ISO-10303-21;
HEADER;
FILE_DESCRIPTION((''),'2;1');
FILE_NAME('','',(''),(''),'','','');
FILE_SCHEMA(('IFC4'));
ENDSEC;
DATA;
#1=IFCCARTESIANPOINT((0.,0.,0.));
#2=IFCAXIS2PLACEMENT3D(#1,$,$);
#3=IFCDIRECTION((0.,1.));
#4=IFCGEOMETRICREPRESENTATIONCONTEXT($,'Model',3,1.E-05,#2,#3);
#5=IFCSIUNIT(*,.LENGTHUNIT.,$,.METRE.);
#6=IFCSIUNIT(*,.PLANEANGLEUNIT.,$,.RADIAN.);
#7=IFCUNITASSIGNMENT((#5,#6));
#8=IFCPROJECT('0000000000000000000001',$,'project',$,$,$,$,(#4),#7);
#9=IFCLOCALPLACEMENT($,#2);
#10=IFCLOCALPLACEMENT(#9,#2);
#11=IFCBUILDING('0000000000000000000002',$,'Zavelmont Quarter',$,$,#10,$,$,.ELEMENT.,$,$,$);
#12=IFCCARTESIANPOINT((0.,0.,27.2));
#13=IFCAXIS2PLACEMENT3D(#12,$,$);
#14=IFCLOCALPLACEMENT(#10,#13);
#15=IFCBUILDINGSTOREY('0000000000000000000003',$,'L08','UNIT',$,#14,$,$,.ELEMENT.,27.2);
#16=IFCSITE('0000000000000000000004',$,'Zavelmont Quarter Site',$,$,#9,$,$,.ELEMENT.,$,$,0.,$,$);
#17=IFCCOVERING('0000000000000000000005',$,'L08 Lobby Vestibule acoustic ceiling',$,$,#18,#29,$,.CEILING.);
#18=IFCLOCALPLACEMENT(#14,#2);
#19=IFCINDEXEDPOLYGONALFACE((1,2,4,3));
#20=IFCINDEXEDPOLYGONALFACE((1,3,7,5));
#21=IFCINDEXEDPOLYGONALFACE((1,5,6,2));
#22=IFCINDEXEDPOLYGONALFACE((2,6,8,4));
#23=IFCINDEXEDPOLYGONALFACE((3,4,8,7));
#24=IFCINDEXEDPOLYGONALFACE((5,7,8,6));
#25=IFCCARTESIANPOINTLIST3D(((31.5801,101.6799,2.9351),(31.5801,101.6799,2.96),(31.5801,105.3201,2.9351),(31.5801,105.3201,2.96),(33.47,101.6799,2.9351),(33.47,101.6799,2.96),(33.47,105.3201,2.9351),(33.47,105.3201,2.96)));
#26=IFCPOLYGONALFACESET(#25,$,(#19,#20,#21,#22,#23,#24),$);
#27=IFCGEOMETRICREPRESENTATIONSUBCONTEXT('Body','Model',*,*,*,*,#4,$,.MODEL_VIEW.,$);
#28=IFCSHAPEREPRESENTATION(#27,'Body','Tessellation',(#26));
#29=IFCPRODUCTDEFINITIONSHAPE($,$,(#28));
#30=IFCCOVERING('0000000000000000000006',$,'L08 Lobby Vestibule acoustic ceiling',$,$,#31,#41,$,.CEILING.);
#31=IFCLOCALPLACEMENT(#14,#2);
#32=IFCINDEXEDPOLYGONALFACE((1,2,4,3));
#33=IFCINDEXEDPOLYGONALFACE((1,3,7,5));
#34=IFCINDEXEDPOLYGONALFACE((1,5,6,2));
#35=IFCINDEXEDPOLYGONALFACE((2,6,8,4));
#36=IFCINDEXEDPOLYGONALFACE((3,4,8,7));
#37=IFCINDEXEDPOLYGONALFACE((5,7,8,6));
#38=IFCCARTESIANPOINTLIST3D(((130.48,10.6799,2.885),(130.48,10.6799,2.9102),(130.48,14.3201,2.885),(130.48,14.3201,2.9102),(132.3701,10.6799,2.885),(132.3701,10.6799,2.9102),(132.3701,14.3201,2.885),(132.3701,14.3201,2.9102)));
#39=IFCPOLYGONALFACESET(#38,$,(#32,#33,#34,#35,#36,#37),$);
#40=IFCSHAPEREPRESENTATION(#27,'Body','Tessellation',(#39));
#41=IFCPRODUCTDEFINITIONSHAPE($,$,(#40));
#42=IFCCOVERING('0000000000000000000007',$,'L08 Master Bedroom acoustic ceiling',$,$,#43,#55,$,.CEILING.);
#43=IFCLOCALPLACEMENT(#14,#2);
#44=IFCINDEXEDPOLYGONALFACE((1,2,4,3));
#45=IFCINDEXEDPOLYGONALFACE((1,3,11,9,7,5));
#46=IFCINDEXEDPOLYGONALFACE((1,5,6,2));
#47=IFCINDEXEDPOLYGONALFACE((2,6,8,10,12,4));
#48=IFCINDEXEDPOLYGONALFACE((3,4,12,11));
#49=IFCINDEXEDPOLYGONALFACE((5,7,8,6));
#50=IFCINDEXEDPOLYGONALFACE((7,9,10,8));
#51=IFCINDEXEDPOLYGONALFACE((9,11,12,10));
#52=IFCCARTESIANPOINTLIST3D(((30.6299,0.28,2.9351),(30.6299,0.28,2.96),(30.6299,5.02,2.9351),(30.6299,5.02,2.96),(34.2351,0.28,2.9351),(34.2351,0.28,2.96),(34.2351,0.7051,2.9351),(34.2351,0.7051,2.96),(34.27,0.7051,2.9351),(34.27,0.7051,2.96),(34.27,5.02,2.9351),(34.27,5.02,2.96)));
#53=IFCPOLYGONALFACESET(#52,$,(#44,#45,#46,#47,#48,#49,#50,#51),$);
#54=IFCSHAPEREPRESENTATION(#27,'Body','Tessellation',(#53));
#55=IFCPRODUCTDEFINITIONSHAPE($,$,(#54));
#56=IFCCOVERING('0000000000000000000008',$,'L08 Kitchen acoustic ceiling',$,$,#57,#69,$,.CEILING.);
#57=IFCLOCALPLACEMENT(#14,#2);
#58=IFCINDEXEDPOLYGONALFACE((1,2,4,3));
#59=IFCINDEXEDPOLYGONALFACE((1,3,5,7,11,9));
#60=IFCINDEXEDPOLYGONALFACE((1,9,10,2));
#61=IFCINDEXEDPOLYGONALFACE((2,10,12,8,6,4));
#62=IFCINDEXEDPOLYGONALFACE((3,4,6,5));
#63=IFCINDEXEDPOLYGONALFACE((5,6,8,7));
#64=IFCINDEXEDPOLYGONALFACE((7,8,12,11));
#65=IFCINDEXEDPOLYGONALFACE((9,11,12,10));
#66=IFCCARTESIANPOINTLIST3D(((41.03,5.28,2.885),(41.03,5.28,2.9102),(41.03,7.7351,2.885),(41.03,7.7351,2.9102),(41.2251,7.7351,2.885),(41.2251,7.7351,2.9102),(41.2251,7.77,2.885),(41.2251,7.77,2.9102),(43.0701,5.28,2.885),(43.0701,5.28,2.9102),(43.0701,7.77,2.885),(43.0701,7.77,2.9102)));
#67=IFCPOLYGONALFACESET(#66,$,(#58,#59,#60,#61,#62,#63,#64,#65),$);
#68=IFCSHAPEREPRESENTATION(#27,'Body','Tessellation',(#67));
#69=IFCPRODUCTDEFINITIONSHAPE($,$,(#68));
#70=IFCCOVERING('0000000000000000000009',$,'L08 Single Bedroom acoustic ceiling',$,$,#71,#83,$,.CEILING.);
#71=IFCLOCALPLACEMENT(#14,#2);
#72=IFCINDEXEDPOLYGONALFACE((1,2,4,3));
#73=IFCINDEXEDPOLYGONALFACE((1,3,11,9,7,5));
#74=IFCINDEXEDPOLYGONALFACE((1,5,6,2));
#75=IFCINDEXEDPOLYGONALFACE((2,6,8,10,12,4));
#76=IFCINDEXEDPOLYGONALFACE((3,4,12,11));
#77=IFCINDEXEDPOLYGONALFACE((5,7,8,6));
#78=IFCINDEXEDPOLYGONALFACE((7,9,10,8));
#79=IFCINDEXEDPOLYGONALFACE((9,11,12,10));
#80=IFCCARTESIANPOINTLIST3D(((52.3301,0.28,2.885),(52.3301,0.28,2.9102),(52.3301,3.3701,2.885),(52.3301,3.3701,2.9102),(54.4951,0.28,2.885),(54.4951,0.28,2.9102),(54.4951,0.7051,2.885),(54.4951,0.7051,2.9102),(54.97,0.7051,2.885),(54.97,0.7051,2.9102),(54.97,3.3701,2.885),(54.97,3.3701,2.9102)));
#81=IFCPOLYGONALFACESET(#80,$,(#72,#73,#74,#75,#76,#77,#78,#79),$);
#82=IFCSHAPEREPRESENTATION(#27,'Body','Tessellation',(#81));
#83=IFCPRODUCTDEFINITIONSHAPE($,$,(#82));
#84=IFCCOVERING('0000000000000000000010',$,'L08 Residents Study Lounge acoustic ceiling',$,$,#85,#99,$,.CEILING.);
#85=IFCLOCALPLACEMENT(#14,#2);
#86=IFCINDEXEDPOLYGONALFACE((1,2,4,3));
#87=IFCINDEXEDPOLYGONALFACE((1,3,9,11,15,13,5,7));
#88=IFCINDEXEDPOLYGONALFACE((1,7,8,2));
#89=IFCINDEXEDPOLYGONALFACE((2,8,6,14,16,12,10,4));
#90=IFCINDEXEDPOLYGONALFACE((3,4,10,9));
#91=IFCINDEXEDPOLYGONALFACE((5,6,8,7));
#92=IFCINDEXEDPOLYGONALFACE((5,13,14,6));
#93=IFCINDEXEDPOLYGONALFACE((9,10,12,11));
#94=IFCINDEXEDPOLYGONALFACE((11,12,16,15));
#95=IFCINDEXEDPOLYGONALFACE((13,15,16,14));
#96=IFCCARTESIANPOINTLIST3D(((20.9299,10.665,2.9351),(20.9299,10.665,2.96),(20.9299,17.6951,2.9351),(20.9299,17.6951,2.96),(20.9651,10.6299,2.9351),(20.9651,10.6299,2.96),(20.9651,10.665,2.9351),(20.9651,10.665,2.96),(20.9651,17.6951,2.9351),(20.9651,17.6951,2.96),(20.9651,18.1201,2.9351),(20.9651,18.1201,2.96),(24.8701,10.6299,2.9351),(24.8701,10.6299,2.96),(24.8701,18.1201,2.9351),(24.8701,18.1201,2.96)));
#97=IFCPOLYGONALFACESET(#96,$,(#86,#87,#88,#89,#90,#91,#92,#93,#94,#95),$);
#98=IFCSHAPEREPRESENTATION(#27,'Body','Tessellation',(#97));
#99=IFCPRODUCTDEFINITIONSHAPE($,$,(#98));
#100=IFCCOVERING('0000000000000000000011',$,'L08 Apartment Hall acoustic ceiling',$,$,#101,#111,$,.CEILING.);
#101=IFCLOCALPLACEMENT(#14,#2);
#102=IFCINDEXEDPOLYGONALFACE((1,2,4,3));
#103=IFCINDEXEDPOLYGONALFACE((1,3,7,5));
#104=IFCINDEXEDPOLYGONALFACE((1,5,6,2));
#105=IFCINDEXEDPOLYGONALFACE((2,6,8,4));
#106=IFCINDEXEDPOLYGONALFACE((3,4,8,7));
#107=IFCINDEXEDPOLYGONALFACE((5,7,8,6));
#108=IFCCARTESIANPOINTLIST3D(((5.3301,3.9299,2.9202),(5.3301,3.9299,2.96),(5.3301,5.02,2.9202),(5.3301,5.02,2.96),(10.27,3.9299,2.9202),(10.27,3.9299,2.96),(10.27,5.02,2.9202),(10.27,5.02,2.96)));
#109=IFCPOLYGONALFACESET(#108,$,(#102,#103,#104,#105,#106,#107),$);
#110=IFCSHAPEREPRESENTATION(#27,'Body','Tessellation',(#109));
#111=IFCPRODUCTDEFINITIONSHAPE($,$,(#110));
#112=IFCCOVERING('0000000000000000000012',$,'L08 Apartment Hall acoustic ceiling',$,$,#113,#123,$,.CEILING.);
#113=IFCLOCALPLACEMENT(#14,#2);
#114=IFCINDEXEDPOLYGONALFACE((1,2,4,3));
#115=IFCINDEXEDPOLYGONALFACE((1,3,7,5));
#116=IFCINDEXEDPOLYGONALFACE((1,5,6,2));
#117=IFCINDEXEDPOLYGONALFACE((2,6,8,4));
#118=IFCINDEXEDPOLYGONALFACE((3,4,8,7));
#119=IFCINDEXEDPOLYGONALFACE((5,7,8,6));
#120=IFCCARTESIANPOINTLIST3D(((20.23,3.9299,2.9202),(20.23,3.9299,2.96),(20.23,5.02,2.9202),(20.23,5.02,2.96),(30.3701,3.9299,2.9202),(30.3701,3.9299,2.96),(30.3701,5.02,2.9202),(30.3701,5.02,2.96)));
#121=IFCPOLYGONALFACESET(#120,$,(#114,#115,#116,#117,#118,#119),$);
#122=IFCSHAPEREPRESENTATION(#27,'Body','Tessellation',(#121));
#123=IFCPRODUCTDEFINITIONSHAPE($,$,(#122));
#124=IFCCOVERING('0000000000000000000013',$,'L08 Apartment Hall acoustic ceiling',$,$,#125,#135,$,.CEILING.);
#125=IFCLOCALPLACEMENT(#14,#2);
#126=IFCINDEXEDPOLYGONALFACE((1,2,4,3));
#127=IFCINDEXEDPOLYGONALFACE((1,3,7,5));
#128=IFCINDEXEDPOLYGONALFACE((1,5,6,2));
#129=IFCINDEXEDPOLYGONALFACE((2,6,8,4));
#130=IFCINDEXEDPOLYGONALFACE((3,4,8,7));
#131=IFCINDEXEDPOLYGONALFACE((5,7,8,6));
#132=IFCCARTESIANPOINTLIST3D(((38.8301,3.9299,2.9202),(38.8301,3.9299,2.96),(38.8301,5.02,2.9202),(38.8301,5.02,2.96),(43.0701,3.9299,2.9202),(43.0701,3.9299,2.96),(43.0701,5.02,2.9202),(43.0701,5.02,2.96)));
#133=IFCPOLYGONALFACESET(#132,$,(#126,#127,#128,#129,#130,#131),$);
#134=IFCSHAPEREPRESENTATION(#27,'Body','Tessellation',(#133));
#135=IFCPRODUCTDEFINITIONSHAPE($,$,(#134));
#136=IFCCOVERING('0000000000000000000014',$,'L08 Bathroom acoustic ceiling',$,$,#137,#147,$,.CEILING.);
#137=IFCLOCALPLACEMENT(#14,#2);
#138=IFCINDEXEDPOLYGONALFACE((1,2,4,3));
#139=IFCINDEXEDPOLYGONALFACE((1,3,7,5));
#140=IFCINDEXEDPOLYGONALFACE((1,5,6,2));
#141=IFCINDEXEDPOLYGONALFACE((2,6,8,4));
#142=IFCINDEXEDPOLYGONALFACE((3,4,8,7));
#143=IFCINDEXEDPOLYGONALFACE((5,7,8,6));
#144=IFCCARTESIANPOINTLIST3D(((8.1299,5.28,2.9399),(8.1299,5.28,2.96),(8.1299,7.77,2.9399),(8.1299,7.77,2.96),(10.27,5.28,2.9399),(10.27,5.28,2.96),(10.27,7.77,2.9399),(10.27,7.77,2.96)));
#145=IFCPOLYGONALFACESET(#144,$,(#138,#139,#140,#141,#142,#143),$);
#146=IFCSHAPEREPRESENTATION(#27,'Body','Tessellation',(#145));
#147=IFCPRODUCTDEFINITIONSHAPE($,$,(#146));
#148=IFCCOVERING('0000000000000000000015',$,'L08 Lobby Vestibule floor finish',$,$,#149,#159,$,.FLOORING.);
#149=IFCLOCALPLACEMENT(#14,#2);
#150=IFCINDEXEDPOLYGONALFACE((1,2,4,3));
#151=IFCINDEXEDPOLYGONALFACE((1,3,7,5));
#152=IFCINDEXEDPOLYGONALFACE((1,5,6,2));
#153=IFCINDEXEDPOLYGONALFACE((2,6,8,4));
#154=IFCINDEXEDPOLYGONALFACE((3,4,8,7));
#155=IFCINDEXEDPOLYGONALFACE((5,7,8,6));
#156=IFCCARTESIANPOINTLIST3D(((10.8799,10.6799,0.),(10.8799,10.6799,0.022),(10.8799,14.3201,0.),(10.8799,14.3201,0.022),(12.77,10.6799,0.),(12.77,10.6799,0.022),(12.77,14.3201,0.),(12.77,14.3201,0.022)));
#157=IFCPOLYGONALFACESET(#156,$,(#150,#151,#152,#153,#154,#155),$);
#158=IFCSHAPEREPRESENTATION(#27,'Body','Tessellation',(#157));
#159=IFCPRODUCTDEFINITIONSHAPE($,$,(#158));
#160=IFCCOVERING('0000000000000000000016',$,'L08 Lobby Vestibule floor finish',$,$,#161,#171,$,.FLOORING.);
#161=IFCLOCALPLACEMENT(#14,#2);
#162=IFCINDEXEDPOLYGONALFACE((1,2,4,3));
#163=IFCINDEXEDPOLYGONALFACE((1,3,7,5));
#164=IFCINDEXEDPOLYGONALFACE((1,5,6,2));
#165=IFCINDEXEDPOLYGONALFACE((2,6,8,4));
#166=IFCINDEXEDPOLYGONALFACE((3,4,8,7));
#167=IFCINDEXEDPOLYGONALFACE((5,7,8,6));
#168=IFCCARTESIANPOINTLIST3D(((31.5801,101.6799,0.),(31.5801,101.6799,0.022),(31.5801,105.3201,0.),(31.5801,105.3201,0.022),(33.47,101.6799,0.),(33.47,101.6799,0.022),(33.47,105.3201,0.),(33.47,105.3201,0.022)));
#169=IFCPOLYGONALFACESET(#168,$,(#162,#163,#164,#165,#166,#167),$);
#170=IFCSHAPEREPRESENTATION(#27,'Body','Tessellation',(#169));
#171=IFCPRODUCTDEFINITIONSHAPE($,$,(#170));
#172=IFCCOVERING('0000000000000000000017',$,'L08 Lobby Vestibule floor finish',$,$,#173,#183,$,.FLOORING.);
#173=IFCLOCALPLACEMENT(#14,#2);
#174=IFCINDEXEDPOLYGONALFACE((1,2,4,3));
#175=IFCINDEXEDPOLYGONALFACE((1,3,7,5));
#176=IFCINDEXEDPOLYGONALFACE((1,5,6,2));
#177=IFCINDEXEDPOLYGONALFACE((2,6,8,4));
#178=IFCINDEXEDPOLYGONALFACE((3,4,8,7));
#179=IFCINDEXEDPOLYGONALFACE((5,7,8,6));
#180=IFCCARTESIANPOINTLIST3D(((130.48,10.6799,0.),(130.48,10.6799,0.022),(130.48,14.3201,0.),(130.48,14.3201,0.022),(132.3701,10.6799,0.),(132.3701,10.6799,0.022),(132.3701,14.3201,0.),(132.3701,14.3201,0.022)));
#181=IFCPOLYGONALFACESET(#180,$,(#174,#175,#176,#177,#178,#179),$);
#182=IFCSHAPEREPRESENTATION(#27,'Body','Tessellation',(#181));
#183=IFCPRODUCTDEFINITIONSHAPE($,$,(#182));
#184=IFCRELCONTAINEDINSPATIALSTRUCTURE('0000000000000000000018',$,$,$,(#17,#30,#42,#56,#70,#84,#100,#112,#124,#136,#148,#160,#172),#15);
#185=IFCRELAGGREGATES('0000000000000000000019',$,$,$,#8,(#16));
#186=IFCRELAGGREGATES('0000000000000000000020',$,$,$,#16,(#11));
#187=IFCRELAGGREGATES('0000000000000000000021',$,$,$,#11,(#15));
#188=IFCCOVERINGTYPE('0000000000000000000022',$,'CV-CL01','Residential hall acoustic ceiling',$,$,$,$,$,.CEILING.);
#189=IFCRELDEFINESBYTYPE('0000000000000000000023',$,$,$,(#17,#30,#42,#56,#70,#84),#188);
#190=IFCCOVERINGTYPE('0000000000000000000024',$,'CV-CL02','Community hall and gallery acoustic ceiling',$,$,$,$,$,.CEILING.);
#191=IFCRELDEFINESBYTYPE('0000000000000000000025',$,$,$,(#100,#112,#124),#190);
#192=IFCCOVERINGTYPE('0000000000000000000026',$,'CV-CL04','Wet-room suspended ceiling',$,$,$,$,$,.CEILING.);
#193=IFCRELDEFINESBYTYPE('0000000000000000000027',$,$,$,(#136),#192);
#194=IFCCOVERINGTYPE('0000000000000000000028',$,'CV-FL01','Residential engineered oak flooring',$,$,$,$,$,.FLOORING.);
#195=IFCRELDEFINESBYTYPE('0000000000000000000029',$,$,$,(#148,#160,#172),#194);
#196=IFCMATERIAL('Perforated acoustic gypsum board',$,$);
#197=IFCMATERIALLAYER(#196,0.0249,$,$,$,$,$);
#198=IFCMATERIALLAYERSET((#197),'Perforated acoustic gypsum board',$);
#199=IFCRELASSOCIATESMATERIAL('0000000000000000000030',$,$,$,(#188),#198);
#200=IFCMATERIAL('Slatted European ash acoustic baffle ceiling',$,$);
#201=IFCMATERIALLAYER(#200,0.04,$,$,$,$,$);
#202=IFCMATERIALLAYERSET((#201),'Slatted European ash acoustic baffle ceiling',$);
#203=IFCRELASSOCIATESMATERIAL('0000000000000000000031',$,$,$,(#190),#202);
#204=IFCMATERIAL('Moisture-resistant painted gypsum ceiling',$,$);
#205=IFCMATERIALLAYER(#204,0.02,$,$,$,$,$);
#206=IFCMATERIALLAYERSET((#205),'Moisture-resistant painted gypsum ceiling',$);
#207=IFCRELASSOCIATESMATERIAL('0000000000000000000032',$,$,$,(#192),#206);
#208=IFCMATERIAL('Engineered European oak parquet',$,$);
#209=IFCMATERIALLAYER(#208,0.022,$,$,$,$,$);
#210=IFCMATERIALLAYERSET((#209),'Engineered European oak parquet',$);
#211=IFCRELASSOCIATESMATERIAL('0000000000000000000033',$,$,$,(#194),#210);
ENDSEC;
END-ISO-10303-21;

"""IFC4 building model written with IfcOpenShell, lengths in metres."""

from ifc_helpers import new_model, si_unit, direction, frame, origin, place, context, subcontext, project, spatial, polyline, outline, extrude, material, layer, layer_set, type_object, element, save


model = new_model("IFC4")

# Units and contexts
model_context = context("Model", 3, precision=1e-05, world=origin(), true_north=direction((0.0, 1.0)))
body_context = subcontext(model_context, "Body", "Model", "MODEL_VIEW")
ifc_project = project(units=[si_unit("LENGTHUNIT", "METRE"), si_unit("PLANEANGLEUNIT", "RADIAN")], contexts=[model_context])

# Site, building, storey
site_placement = place(None, origin())
site = spatial("IfcSite", under=ifc_project, at=site_placement, Name="Zavelmont Quarter Site", CompositionType="ELEMENT", RefElevation=0.0)
building_placement = place(site_placement, origin())
building = spatial("IfcBuilding", under=site, at=building_placement, Name="Zavelmont Quarter", CompositionType="ELEMENT")
storey_placement = place(building_placement, frame((0.0, 0.0, 27.2)))
storey = spatial("IfcBuildingStorey", under=building, at=storey_placement, Name="L08", Description="UNIT", CompositionType="ELEMENT", Elevation=27.2)

# Coverings
ifc_material_1 = material(Name="Perforated acoustic gypsum board")
ifc_layer_1 = layer(ifc_material_1, 0.0249)
ifc_layer_set_1 = layer_set([ifc_layer_1], Name="Perforated acoustic gypsum board")
covering_type_1 = type_object("IfcCoveringType", Name="CV-CL01", Description="Residential hall acoustic ceiling", PredefinedType="CEILING", material=ifc_layer_set_1)
covering_1_placement = place(storey_placement, frame((0.0, 0.0, 2.9351)))
element("IfcCovering", 1, at=covering_1_placement, inside=storey, type_object=covering_type_1, Name="L08 Lobby Vestibule acoustic ceiling", PredefinedType="CEILING", context=body_context, shape_type="SweptSolid", body=[
    extrude(outline(polyline([(31.5801, 105.3201), (33.47, 105.3201), (33.47, 101.6799), (31.5801, 101.6799), (31.5801, 105.3201)])), origin(), (0.0, 0.0, 1.0), 0.0249),
])
covering_2_placement = place(storey_placement, frame((0.0, 0.0, 2.885)))
element("IfcCovering", 2, at=covering_2_placement, inside=storey, type_object=covering_type_1, Name="L08 Lobby Vestibule acoustic ceiling", PredefinedType="CEILING", context=body_context, shape_type="SweptSolid", body=[
    extrude(outline(polyline([(130.48, 14.3201), (132.3701, 14.3201), (132.3701, 10.6799), (130.48, 10.6799), (130.48, 14.3201)])), origin(), (0.0, 0.0, 1.0), 0.0251),
])
covering_3_placement = place(storey_placement, frame((0.0, 0.0, 2.9351)))
element("IfcCovering", 3, at=covering_3_placement, inside=storey, type_object=covering_type_1, Name="L08 Master Bedroom acoustic ceiling", PredefinedType="CEILING", context=body_context, shape_type="SweptSolid", body=[
    extrude(outline(polyline([(30.6299, 5.02), (34.27, 5.02), (34.27, 0.7051), (34.2351, 0.7051), (34.2351, 0.28), (30.6299, 0.28), (30.6299, 5.02)])), origin(), (0.0, 0.0, 1.0), 0.0249),
])
covering_4_placement = place(storey_placement, frame((0.0, 0.0, 2.885)))
element("IfcCovering", 4, at=covering_4_placement, inside=storey, type_object=covering_type_1, Name="L08 Kitchen acoustic ceiling", PredefinedType="CEILING", context=body_context, shape_type="SweptSolid", body=[
    extrude(outline(polyline([(41.03, 7.7351), (41.2251, 7.7351), (41.2251, 7.77), (43.0701, 7.77), (43.0701, 5.28), (41.03, 5.28), (41.03, 7.7351)])), origin(), (0.0, 0.0, 1.0), 0.0251),
])
covering_5_placement = place(storey_placement, frame((0.0, 0.0, 2.885)))
element("IfcCovering", 5, at=covering_5_placement, inside=storey, type_object=covering_type_1, Name="L08 Single Bedroom acoustic ceiling", PredefinedType="CEILING", context=body_context, shape_type="SweptSolid", body=[
    extrude(outline(polyline([(52.3301, 3.3701), (54.97, 3.3701), (54.97, 0.7051), (54.4951, 0.7051), (54.4951, 0.28), (52.3301, 0.28), (52.3301, 3.3701)])), origin(), (0.0, 0.0, 1.0), 0.0251),
])
covering_6_placement = place(storey_placement, frame((0.0, 0.0, 2.9351)))
element("IfcCovering", 6, at=covering_6_placement, inside=storey, type_object=covering_type_1, Name="L08 Residents Study Lounge acoustic ceiling", PredefinedType="CEILING", context=body_context, shape_type="SweptSolid", body=[
    extrude(outline(polyline([(20.9299, 17.6951), (20.9651, 17.6951), (20.9651, 18.1201), (24.8701, 18.1201), (24.8701, 10.6299), (20.9651, 10.6299), (20.9651, 10.665), (20.9299, 10.665), (20.9299, 17.6951)])), origin(), (0.0, 0.0, 1.0), 0.0249),
])
ifc_material_2 = material(Name="Slatted European ash acoustic baffle ceiling")
ifc_layer_2 = layer(ifc_material_2, 0.04)
ifc_layer_set_2 = layer_set([ifc_layer_2], Name="Slatted European ash acoustic baffle ceiling")
covering_type_2 = type_object("IfcCoveringType", Name="CV-CL02", Description="Community hall and gallery acoustic ceiling", PredefinedType="CEILING", material=ifc_layer_set_2)
covering_7_placement = place(storey_placement, frame((0.0, 0.0, 2.9202)))
element("IfcCovering", 7, at=covering_7_placement, inside=storey, type_object=covering_type_2, Name="L08 Apartment Hall acoustic ceiling", PredefinedType="CEILING", context=body_context, shape_type="SweptSolid", body=[
    extrude(outline(polyline([(5.3301, 5.02), (10.27, 5.02), (10.27, 3.9299), (5.3301, 3.9299), (5.3301, 5.02)])), origin(), (0.0, 0.0, 1.0), 0.0398),
])
covering_8_placement = place(storey_placement, frame((0.0, 0.0, 2.9202)))
element("IfcCovering", 8, at=covering_8_placement, inside=storey, type_object=covering_type_2, Name="L08 Apartment Hall acoustic ceiling", PredefinedType="CEILING", context=body_context, shape_type="SweptSolid", body=[
    extrude(outline(polyline([(20.23, 5.02), (30.3701, 5.02), (30.3701, 3.9299), (20.23, 3.9299), (20.23, 5.02)])), origin(), (0.0, 0.0, 1.0), 0.0398),
])
covering_9_placement = place(storey_placement, frame((0.0, 0.0, 2.9202)))
element("IfcCovering", 9, at=covering_9_placement, inside=storey, type_object=covering_type_2, Name="L08 Apartment Hall acoustic ceiling", PredefinedType="CEILING", context=body_context, shape_type="SweptSolid", body=[
    extrude(outline(polyline([(38.8301, 5.02), (43.0701, 5.02), (43.0701, 3.9299), (38.8301, 3.9299), (38.8301, 5.02)])), origin(), (0.0, 0.0, 1.0), 0.0398),
])
ifc_material_3 = material(Name="Moisture-resistant painted gypsum ceiling")
ifc_layer_3 = layer(ifc_material_3, 0.02)
ifc_layer_set_3 = layer_set([ifc_layer_3], Name="Moisture-resistant painted gypsum ceiling")
covering_type_3 = type_object("IfcCoveringType", Name="CV-CL04", Description="Wet-room suspended ceiling", PredefinedType="CEILING", material=ifc_layer_set_3)
covering_10_placement = place(storey_placement, frame((0.0, 0.0, 2.9399)))
element("IfcCovering", 10, at=covering_10_placement, inside=storey, type_object=covering_type_3, Name="L08 Bathroom acoustic ceiling", PredefinedType="CEILING", context=body_context, shape_type="SweptSolid", body=[
    extrude(outline(polyline([(8.1299, 7.77), (10.27, 7.77), (10.27, 5.28), (8.1299, 5.28), (8.1299, 7.77)])), origin(), (0.0, 0.0, 1.0), 0.02),
])
ifc_material_4 = material(Name="Engineered European oak parquet")
ifc_layer_4 = layer(ifc_material_4, 0.022)
ifc_layer_set_4 = layer_set([ifc_layer_4], Name="Engineered European oak parquet")
covering_type_4 = type_object("IfcCoveringType", Name="CV-FL01", Description="Residential engineered oak flooring", PredefinedType="FLOORING", material=ifc_layer_set_4)
covering_11_placement = place(storey_placement, origin())
element("IfcCovering", 11, at=covering_11_placement, inside=storey, type_object=covering_type_4, Name="L08 Lobby Vestibule floor finish", PredefinedType="FLOORING", context=body_context, shape_type="SweptSolid", body=[
    extrude(outline(polyline([(10.8799, 14.3201), (12.77, 14.3201), (12.77, 10.6799), (10.8799, 10.6799), (10.8799, 14.3201)])), origin(), (0.0, 0.0, 1.0), 0.022),
])
covering_12_placement = place(storey_placement, origin())
element("IfcCovering", 12, at=covering_12_placement, inside=storey, type_object=covering_type_4, Name="L08 Lobby Vestibule floor finish", PredefinedType="FLOORING", context=body_context, shape_type="SweptSolid", body=[
    extrude(outline(polyline([(31.5801, 105.3201), (33.47, 105.3201), (33.47, 101.6799), (31.5801, 101.6799), (31.5801, 105.3201)])), origin(), (0.0, 0.0, 1.0), 0.022),
])
covering_13_placement = place(storey_placement, origin())
element("IfcCovering", 13, at=covering_13_placement, inside=storey, type_object=covering_type_4, Name="L08 Lobby Vestibule floor finish", PredefinedType="FLOORING", context=body_context, shape_type="SweptSolid", body=[
    extrude(outline(polyline([(130.48, 14.3201), (132.3701, 14.3201), (132.3701, 10.6799), (130.48, 10.6799), (130.48, 14.3201)])), origin(), (0.0, 0.0, 1.0), 0.022),
])

save(model, "model.ifc")
